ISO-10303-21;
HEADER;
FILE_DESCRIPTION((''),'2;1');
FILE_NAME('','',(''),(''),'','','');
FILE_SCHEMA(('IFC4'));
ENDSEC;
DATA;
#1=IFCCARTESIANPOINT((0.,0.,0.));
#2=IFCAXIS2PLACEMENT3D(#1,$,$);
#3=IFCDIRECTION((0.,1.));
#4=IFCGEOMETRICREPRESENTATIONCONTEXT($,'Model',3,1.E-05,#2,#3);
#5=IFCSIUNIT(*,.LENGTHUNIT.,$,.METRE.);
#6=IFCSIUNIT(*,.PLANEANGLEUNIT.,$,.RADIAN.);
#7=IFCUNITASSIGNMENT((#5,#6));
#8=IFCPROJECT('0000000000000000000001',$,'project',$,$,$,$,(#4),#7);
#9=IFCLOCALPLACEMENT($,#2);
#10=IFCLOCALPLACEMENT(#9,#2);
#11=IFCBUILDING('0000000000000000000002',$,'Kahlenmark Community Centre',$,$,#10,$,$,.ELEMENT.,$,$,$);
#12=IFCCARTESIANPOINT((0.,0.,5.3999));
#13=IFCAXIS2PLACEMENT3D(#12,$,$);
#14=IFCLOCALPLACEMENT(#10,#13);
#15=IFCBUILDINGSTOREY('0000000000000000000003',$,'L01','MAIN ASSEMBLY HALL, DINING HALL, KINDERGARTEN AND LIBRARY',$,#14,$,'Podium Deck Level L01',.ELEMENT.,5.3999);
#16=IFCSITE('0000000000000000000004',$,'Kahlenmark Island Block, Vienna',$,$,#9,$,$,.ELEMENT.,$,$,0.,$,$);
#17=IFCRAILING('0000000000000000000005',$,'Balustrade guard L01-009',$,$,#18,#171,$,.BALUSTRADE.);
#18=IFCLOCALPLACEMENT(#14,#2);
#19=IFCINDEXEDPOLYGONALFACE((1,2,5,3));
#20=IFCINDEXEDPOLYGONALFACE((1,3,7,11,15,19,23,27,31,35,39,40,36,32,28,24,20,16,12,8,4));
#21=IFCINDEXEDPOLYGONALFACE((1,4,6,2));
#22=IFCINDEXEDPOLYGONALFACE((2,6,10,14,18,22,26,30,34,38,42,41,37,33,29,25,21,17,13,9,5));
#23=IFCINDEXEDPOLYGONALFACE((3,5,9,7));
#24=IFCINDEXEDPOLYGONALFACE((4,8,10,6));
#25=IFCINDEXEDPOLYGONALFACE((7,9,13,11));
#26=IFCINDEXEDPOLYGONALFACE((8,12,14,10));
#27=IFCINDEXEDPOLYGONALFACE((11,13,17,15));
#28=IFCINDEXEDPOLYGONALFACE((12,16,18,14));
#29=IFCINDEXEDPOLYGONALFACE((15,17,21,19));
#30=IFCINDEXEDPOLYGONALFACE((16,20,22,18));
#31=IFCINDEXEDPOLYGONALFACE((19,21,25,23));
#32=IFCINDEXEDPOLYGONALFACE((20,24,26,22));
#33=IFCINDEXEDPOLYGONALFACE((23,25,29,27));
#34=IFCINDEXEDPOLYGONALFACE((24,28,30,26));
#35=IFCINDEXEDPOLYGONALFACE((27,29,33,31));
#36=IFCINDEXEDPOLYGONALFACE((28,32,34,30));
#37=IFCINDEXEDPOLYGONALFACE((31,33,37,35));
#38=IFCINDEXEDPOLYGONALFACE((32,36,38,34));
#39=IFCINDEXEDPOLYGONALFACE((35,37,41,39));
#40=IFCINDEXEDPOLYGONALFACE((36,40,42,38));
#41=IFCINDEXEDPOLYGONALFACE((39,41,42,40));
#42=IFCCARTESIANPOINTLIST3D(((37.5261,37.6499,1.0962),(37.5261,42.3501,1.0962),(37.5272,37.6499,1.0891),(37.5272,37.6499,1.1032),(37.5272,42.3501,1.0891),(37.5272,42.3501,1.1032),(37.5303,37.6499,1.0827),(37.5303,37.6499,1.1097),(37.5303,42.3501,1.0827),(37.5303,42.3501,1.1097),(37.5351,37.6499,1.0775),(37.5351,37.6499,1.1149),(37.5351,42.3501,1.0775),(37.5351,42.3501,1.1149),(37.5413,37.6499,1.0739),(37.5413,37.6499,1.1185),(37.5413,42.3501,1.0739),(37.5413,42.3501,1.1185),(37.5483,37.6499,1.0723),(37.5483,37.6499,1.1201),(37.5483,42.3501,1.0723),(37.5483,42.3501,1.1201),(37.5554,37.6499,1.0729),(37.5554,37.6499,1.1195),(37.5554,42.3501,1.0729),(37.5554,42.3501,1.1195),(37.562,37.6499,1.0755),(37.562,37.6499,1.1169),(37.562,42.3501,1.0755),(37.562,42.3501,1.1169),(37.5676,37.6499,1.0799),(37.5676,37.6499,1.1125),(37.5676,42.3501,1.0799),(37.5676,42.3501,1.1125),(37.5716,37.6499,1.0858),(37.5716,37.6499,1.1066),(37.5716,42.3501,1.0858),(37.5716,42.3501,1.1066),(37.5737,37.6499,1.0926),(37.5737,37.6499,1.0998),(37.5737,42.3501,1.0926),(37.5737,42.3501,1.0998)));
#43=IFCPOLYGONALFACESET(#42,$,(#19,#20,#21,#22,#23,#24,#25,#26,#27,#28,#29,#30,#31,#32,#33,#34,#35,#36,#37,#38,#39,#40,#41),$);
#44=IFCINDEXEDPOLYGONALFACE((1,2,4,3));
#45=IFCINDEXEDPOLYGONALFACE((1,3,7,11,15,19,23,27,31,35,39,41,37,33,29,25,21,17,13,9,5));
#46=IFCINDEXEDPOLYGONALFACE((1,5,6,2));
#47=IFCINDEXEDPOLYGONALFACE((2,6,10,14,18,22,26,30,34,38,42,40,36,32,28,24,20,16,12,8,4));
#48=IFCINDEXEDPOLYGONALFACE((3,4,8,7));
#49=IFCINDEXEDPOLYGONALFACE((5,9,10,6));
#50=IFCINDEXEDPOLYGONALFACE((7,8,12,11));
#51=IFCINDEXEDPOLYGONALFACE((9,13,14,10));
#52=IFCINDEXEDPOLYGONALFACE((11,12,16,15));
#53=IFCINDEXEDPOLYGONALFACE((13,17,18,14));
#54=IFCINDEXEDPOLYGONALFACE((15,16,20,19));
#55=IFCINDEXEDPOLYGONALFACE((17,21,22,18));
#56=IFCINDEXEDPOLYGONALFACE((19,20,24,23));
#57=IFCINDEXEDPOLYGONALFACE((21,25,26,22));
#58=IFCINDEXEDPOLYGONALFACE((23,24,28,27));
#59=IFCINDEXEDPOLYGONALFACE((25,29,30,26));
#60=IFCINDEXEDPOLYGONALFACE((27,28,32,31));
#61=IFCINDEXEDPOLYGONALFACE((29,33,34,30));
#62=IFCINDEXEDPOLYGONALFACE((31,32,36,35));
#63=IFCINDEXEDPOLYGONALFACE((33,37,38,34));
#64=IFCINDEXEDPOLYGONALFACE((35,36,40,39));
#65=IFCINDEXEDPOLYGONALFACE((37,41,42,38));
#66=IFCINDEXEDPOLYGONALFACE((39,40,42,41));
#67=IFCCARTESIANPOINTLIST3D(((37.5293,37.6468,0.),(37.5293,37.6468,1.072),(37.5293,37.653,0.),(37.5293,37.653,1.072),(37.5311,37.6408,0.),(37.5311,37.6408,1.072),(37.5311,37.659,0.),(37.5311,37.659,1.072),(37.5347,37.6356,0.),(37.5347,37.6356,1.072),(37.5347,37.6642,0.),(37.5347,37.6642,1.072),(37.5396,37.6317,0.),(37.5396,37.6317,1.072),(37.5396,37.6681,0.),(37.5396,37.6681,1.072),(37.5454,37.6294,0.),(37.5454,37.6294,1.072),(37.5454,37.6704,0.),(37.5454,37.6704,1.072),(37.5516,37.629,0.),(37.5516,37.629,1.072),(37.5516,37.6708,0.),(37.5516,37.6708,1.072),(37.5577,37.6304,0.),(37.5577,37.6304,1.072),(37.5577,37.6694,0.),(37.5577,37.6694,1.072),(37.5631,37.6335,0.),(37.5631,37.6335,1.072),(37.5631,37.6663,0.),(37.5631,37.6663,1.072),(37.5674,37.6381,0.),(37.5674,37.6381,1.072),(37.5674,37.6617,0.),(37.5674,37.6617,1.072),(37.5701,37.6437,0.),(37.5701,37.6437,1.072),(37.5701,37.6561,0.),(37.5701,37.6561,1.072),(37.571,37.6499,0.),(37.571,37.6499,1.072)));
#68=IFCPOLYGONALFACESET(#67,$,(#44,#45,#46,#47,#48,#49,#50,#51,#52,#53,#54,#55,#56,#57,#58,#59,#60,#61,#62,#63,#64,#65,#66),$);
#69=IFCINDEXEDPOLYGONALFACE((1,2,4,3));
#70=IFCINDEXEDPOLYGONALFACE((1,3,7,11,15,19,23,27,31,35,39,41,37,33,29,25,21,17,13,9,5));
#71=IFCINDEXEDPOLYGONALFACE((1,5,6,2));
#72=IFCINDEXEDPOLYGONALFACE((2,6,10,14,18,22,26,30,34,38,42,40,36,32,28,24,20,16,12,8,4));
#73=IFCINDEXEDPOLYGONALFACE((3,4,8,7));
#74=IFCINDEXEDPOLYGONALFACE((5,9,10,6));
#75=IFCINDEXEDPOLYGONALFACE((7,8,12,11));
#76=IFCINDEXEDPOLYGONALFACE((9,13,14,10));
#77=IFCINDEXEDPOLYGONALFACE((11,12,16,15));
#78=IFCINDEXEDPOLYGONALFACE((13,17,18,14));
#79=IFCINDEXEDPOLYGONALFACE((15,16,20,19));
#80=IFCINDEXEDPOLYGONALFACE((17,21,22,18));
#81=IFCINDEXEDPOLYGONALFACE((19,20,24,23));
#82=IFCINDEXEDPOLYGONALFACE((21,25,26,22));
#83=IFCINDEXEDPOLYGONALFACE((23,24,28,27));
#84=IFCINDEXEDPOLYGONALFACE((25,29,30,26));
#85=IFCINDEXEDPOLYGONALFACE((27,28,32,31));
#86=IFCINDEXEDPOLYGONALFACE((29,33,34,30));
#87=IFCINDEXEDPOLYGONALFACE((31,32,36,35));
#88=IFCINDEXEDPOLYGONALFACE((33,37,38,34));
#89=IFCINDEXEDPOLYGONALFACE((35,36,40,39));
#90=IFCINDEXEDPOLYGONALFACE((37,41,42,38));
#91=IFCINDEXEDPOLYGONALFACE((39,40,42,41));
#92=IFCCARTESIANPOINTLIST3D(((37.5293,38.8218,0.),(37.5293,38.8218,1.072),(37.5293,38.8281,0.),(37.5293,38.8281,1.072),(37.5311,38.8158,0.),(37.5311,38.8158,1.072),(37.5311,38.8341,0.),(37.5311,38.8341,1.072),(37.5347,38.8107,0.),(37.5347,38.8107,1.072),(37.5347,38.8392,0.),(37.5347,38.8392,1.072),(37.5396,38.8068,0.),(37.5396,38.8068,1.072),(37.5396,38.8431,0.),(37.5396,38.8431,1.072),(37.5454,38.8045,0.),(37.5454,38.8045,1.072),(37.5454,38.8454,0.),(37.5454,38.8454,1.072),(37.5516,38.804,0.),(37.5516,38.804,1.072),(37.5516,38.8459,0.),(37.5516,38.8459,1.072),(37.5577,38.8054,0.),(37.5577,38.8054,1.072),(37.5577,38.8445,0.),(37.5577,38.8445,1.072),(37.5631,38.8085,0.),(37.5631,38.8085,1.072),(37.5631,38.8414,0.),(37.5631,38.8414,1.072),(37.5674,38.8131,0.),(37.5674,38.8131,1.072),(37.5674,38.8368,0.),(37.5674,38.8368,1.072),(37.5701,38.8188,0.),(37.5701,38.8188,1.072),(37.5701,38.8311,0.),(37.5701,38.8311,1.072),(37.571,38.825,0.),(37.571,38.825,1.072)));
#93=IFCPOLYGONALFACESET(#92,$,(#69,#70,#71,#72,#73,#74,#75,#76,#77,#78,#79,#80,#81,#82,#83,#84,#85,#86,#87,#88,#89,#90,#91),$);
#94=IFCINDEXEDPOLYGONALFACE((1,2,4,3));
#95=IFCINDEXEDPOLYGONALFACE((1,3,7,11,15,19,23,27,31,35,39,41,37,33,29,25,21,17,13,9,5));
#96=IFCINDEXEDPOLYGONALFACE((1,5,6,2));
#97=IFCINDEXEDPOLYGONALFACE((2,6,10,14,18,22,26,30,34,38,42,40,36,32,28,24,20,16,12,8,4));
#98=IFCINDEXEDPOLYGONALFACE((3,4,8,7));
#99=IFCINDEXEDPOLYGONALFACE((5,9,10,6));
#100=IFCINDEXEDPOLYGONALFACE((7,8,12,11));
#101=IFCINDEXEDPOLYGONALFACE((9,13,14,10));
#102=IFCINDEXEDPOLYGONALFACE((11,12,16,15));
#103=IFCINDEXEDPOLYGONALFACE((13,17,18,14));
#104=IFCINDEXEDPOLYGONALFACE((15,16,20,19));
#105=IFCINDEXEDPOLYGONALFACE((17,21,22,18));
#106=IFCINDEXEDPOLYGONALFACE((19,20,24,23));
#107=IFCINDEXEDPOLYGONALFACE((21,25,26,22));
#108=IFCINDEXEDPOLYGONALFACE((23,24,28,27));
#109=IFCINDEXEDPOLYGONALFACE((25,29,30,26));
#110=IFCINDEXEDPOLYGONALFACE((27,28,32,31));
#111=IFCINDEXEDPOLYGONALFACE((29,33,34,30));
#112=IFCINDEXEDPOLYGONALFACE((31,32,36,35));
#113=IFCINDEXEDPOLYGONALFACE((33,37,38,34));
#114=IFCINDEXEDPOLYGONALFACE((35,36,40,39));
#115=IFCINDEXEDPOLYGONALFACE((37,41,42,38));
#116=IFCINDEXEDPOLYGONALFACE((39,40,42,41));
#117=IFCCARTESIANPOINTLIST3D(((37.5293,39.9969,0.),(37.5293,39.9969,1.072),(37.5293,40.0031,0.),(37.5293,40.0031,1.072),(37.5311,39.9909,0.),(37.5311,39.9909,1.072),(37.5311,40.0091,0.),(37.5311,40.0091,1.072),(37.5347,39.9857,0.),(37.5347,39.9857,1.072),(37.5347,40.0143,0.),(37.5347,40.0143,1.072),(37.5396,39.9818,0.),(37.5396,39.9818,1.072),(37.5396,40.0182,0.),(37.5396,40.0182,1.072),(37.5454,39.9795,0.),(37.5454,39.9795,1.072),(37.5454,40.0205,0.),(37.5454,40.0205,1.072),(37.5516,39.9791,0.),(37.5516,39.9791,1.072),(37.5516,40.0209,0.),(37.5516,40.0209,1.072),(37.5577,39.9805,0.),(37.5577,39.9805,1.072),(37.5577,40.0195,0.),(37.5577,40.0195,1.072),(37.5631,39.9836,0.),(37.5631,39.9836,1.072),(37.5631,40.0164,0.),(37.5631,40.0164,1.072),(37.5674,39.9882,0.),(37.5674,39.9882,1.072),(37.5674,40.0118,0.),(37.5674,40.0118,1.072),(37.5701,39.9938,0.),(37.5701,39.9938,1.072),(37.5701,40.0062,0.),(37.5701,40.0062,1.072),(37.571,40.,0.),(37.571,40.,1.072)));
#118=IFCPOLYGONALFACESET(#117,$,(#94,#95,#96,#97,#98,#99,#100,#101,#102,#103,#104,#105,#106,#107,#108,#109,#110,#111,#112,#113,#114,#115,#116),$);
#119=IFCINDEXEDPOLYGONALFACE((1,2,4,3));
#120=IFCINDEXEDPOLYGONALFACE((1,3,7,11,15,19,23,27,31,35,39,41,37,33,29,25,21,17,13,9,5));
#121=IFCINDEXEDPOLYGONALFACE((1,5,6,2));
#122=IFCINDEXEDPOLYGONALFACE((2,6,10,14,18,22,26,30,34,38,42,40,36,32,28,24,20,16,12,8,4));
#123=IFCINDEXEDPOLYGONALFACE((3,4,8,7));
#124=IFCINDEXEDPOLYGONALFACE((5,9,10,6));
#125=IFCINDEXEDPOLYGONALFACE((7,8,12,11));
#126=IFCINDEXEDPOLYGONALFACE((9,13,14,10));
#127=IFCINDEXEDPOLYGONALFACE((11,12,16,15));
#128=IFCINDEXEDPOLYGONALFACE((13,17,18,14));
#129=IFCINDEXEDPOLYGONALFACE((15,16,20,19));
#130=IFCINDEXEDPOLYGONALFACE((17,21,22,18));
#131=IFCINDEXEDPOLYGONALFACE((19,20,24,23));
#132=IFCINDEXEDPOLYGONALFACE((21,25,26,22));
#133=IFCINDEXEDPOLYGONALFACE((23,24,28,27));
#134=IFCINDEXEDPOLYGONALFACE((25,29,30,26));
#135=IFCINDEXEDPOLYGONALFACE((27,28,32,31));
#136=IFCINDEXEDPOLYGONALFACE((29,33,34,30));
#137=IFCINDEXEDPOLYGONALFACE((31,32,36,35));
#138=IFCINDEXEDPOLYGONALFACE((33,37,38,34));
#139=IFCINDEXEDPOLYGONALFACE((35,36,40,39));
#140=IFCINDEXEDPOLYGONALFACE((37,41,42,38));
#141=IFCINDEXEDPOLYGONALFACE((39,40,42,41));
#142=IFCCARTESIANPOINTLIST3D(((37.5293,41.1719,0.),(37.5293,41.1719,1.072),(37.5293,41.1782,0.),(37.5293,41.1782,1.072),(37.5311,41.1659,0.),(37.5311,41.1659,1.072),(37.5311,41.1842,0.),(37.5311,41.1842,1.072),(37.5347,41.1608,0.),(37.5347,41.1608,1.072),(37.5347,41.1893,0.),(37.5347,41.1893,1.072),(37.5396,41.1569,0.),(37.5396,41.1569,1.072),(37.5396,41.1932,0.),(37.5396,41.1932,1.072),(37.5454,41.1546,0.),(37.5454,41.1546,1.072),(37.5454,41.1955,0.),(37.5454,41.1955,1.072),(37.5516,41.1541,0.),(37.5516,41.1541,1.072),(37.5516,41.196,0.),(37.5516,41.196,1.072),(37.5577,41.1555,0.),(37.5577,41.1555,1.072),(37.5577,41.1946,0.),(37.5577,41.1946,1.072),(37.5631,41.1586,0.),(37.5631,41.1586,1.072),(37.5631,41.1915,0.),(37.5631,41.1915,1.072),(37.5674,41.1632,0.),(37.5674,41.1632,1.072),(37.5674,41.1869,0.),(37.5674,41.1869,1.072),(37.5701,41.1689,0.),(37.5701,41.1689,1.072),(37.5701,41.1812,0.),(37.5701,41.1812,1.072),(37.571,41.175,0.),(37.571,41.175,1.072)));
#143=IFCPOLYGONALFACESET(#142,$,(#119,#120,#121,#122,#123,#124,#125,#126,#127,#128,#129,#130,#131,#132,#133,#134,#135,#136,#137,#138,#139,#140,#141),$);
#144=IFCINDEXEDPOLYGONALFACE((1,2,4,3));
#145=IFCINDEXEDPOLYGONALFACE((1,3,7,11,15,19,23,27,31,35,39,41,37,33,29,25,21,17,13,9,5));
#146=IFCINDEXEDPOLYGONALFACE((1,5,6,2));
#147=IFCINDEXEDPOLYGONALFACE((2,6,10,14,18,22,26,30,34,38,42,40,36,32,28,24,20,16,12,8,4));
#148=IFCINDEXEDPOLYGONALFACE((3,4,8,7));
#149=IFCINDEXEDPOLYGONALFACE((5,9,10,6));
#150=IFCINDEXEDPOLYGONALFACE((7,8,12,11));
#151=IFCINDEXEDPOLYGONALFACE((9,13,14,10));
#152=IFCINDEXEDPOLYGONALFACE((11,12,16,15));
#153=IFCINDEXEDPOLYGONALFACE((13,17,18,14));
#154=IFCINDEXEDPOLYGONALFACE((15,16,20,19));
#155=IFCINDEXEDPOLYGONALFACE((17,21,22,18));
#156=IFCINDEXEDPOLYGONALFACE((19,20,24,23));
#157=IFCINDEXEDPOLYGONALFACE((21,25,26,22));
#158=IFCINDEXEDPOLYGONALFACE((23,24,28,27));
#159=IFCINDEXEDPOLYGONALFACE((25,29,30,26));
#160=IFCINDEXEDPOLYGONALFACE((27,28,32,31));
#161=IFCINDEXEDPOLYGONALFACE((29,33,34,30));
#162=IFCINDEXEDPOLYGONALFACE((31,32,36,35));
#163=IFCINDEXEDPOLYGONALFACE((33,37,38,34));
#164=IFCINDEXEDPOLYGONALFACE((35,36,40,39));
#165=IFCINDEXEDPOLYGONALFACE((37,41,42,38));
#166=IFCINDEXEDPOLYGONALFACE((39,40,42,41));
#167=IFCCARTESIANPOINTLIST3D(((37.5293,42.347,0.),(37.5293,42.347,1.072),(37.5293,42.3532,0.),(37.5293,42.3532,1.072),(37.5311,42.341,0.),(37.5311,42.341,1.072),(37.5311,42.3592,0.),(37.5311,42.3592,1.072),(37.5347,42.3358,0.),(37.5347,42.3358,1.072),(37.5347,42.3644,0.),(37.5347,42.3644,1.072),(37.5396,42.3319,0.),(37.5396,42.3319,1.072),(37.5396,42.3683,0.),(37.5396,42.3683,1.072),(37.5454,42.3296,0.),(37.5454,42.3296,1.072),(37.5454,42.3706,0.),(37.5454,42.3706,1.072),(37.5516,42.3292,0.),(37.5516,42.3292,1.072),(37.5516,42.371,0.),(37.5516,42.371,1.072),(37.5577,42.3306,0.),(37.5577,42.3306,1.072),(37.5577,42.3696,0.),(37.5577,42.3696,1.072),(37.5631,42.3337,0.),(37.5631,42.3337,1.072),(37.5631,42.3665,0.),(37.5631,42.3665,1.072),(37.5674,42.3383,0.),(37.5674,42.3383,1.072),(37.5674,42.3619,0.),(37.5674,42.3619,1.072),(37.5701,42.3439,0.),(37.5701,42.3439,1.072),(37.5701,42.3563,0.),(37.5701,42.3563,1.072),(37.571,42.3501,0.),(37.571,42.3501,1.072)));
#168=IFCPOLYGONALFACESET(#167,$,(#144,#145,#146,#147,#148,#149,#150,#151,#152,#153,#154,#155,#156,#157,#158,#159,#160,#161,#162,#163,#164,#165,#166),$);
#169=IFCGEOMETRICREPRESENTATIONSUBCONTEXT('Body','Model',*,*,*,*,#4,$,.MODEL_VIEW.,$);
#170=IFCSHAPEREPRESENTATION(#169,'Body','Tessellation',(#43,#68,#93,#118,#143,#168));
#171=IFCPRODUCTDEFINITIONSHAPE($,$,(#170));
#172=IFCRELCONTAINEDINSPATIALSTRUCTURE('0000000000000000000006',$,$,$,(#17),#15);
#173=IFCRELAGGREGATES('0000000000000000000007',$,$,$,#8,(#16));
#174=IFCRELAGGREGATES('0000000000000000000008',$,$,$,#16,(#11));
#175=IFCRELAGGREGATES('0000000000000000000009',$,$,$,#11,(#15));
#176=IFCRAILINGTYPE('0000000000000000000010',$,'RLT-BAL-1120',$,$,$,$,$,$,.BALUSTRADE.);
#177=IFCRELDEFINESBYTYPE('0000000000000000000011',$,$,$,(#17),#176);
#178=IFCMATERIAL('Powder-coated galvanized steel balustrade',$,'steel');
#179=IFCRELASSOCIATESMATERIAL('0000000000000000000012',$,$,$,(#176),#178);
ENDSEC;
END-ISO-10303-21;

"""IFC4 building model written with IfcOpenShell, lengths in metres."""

from ifc_helpers import new_model, si_unit, direction, frame, origin, origin_2d, place, context, subcontext, project, spatial, circle, extrude, material, type_object, element, save


model = new_model("IFC4")

# Units and contexts
model_context = context("Model", 3, precision=1e-05, world=origin(), true_north=direction((0.0, 1.0)))
body_context = subcontext(model_context, "Body", "Model", "MODEL_VIEW")
ifc_project = project(units=[si_unit("LENGTHUNIT", "METRE"), si_unit("PLANEANGLEUNIT", "RADIAN")], contexts=[model_context])

# Site, building, storey
site_placement = place(None, origin())
site = spatial("IfcSite", under=ifc_project, at=site_placement, Name="Kahlenmark Island Block, Vienna", CompositionType="ELEMENT", RefElevation=0.0)
building_placement = place(site_placement, origin())
building = spatial("IfcBuilding", under=site, at=building_placement, Name="Kahlenmark Community Centre", CompositionType="ELEMENT")
storey_placement = place(building_placement, frame((0.0, 0.0, 5.3999)))
storey = spatial("IfcBuildingStorey", under=building, at=storey_placement, Name="L01", Description="MAIN ASSEMBLY HALL, DINING HALL, KINDERGARTEN AND LIBRARY", LongName="Podium Deck Level L01", CompositionType="ELEMENT", Elevation=5.3999)

# Railing
ifc_material_1 = material(Name="Powder-coated galvanized steel balustrade", Category="steel")
railing_type = type_object("IfcRailingType", Name="RLT-BAL-1120", PredefinedType="BALUSTRADE", material=ifc_material_1)
railing_placement = place(storey_placement, frame((37.55, 37.6499, 0.0)))
element("IfcRailing", 1, at=railing_placement, inside=storey, type_object=railing_type, Name="Balustrade guard L01-009", PredefinedType="BALUSTRADE", context=body_context, shape_type="SweptSolid", body=[
    extrude(circle(Radius=0.0239, at=origin_2d()), frame((0.0, 0.0, 1.0962), z_axis=(0.0, 1.0, 0.0), x_axis=(-1.0, 0.0, 0.0)), (0.0, 0.0, 1.0), 4.7002),
    extrude(circle(Radius=0.021, at=origin_2d()), origin(), (0.0, 0.0, 1.0), 1.072),
    extrude(circle(Radius=0.021, at=origin_2d()), frame((0.0, 1.175, 0.0)), (0.0, 0.0, 1.0), 1.072),
    extrude(circle(Radius=0.021, at=origin_2d()), frame((0.0, 2.3501, 0.0)), (0.0, 0.0, 1.0), 1.072),
    extrude(circle(Radius=0.021, at=origin_2d()), frame((0.0, 3.5251, 0.0)), (0.0, 0.0, 1.0), 1.072),
    extrude(circle(Radius=0.021, at=origin_2d()), frame((0.0, 4.7002, 0.0)), (0.0, 0.0, 1.0), 1.072),
])

save(model, "model.ifc")
